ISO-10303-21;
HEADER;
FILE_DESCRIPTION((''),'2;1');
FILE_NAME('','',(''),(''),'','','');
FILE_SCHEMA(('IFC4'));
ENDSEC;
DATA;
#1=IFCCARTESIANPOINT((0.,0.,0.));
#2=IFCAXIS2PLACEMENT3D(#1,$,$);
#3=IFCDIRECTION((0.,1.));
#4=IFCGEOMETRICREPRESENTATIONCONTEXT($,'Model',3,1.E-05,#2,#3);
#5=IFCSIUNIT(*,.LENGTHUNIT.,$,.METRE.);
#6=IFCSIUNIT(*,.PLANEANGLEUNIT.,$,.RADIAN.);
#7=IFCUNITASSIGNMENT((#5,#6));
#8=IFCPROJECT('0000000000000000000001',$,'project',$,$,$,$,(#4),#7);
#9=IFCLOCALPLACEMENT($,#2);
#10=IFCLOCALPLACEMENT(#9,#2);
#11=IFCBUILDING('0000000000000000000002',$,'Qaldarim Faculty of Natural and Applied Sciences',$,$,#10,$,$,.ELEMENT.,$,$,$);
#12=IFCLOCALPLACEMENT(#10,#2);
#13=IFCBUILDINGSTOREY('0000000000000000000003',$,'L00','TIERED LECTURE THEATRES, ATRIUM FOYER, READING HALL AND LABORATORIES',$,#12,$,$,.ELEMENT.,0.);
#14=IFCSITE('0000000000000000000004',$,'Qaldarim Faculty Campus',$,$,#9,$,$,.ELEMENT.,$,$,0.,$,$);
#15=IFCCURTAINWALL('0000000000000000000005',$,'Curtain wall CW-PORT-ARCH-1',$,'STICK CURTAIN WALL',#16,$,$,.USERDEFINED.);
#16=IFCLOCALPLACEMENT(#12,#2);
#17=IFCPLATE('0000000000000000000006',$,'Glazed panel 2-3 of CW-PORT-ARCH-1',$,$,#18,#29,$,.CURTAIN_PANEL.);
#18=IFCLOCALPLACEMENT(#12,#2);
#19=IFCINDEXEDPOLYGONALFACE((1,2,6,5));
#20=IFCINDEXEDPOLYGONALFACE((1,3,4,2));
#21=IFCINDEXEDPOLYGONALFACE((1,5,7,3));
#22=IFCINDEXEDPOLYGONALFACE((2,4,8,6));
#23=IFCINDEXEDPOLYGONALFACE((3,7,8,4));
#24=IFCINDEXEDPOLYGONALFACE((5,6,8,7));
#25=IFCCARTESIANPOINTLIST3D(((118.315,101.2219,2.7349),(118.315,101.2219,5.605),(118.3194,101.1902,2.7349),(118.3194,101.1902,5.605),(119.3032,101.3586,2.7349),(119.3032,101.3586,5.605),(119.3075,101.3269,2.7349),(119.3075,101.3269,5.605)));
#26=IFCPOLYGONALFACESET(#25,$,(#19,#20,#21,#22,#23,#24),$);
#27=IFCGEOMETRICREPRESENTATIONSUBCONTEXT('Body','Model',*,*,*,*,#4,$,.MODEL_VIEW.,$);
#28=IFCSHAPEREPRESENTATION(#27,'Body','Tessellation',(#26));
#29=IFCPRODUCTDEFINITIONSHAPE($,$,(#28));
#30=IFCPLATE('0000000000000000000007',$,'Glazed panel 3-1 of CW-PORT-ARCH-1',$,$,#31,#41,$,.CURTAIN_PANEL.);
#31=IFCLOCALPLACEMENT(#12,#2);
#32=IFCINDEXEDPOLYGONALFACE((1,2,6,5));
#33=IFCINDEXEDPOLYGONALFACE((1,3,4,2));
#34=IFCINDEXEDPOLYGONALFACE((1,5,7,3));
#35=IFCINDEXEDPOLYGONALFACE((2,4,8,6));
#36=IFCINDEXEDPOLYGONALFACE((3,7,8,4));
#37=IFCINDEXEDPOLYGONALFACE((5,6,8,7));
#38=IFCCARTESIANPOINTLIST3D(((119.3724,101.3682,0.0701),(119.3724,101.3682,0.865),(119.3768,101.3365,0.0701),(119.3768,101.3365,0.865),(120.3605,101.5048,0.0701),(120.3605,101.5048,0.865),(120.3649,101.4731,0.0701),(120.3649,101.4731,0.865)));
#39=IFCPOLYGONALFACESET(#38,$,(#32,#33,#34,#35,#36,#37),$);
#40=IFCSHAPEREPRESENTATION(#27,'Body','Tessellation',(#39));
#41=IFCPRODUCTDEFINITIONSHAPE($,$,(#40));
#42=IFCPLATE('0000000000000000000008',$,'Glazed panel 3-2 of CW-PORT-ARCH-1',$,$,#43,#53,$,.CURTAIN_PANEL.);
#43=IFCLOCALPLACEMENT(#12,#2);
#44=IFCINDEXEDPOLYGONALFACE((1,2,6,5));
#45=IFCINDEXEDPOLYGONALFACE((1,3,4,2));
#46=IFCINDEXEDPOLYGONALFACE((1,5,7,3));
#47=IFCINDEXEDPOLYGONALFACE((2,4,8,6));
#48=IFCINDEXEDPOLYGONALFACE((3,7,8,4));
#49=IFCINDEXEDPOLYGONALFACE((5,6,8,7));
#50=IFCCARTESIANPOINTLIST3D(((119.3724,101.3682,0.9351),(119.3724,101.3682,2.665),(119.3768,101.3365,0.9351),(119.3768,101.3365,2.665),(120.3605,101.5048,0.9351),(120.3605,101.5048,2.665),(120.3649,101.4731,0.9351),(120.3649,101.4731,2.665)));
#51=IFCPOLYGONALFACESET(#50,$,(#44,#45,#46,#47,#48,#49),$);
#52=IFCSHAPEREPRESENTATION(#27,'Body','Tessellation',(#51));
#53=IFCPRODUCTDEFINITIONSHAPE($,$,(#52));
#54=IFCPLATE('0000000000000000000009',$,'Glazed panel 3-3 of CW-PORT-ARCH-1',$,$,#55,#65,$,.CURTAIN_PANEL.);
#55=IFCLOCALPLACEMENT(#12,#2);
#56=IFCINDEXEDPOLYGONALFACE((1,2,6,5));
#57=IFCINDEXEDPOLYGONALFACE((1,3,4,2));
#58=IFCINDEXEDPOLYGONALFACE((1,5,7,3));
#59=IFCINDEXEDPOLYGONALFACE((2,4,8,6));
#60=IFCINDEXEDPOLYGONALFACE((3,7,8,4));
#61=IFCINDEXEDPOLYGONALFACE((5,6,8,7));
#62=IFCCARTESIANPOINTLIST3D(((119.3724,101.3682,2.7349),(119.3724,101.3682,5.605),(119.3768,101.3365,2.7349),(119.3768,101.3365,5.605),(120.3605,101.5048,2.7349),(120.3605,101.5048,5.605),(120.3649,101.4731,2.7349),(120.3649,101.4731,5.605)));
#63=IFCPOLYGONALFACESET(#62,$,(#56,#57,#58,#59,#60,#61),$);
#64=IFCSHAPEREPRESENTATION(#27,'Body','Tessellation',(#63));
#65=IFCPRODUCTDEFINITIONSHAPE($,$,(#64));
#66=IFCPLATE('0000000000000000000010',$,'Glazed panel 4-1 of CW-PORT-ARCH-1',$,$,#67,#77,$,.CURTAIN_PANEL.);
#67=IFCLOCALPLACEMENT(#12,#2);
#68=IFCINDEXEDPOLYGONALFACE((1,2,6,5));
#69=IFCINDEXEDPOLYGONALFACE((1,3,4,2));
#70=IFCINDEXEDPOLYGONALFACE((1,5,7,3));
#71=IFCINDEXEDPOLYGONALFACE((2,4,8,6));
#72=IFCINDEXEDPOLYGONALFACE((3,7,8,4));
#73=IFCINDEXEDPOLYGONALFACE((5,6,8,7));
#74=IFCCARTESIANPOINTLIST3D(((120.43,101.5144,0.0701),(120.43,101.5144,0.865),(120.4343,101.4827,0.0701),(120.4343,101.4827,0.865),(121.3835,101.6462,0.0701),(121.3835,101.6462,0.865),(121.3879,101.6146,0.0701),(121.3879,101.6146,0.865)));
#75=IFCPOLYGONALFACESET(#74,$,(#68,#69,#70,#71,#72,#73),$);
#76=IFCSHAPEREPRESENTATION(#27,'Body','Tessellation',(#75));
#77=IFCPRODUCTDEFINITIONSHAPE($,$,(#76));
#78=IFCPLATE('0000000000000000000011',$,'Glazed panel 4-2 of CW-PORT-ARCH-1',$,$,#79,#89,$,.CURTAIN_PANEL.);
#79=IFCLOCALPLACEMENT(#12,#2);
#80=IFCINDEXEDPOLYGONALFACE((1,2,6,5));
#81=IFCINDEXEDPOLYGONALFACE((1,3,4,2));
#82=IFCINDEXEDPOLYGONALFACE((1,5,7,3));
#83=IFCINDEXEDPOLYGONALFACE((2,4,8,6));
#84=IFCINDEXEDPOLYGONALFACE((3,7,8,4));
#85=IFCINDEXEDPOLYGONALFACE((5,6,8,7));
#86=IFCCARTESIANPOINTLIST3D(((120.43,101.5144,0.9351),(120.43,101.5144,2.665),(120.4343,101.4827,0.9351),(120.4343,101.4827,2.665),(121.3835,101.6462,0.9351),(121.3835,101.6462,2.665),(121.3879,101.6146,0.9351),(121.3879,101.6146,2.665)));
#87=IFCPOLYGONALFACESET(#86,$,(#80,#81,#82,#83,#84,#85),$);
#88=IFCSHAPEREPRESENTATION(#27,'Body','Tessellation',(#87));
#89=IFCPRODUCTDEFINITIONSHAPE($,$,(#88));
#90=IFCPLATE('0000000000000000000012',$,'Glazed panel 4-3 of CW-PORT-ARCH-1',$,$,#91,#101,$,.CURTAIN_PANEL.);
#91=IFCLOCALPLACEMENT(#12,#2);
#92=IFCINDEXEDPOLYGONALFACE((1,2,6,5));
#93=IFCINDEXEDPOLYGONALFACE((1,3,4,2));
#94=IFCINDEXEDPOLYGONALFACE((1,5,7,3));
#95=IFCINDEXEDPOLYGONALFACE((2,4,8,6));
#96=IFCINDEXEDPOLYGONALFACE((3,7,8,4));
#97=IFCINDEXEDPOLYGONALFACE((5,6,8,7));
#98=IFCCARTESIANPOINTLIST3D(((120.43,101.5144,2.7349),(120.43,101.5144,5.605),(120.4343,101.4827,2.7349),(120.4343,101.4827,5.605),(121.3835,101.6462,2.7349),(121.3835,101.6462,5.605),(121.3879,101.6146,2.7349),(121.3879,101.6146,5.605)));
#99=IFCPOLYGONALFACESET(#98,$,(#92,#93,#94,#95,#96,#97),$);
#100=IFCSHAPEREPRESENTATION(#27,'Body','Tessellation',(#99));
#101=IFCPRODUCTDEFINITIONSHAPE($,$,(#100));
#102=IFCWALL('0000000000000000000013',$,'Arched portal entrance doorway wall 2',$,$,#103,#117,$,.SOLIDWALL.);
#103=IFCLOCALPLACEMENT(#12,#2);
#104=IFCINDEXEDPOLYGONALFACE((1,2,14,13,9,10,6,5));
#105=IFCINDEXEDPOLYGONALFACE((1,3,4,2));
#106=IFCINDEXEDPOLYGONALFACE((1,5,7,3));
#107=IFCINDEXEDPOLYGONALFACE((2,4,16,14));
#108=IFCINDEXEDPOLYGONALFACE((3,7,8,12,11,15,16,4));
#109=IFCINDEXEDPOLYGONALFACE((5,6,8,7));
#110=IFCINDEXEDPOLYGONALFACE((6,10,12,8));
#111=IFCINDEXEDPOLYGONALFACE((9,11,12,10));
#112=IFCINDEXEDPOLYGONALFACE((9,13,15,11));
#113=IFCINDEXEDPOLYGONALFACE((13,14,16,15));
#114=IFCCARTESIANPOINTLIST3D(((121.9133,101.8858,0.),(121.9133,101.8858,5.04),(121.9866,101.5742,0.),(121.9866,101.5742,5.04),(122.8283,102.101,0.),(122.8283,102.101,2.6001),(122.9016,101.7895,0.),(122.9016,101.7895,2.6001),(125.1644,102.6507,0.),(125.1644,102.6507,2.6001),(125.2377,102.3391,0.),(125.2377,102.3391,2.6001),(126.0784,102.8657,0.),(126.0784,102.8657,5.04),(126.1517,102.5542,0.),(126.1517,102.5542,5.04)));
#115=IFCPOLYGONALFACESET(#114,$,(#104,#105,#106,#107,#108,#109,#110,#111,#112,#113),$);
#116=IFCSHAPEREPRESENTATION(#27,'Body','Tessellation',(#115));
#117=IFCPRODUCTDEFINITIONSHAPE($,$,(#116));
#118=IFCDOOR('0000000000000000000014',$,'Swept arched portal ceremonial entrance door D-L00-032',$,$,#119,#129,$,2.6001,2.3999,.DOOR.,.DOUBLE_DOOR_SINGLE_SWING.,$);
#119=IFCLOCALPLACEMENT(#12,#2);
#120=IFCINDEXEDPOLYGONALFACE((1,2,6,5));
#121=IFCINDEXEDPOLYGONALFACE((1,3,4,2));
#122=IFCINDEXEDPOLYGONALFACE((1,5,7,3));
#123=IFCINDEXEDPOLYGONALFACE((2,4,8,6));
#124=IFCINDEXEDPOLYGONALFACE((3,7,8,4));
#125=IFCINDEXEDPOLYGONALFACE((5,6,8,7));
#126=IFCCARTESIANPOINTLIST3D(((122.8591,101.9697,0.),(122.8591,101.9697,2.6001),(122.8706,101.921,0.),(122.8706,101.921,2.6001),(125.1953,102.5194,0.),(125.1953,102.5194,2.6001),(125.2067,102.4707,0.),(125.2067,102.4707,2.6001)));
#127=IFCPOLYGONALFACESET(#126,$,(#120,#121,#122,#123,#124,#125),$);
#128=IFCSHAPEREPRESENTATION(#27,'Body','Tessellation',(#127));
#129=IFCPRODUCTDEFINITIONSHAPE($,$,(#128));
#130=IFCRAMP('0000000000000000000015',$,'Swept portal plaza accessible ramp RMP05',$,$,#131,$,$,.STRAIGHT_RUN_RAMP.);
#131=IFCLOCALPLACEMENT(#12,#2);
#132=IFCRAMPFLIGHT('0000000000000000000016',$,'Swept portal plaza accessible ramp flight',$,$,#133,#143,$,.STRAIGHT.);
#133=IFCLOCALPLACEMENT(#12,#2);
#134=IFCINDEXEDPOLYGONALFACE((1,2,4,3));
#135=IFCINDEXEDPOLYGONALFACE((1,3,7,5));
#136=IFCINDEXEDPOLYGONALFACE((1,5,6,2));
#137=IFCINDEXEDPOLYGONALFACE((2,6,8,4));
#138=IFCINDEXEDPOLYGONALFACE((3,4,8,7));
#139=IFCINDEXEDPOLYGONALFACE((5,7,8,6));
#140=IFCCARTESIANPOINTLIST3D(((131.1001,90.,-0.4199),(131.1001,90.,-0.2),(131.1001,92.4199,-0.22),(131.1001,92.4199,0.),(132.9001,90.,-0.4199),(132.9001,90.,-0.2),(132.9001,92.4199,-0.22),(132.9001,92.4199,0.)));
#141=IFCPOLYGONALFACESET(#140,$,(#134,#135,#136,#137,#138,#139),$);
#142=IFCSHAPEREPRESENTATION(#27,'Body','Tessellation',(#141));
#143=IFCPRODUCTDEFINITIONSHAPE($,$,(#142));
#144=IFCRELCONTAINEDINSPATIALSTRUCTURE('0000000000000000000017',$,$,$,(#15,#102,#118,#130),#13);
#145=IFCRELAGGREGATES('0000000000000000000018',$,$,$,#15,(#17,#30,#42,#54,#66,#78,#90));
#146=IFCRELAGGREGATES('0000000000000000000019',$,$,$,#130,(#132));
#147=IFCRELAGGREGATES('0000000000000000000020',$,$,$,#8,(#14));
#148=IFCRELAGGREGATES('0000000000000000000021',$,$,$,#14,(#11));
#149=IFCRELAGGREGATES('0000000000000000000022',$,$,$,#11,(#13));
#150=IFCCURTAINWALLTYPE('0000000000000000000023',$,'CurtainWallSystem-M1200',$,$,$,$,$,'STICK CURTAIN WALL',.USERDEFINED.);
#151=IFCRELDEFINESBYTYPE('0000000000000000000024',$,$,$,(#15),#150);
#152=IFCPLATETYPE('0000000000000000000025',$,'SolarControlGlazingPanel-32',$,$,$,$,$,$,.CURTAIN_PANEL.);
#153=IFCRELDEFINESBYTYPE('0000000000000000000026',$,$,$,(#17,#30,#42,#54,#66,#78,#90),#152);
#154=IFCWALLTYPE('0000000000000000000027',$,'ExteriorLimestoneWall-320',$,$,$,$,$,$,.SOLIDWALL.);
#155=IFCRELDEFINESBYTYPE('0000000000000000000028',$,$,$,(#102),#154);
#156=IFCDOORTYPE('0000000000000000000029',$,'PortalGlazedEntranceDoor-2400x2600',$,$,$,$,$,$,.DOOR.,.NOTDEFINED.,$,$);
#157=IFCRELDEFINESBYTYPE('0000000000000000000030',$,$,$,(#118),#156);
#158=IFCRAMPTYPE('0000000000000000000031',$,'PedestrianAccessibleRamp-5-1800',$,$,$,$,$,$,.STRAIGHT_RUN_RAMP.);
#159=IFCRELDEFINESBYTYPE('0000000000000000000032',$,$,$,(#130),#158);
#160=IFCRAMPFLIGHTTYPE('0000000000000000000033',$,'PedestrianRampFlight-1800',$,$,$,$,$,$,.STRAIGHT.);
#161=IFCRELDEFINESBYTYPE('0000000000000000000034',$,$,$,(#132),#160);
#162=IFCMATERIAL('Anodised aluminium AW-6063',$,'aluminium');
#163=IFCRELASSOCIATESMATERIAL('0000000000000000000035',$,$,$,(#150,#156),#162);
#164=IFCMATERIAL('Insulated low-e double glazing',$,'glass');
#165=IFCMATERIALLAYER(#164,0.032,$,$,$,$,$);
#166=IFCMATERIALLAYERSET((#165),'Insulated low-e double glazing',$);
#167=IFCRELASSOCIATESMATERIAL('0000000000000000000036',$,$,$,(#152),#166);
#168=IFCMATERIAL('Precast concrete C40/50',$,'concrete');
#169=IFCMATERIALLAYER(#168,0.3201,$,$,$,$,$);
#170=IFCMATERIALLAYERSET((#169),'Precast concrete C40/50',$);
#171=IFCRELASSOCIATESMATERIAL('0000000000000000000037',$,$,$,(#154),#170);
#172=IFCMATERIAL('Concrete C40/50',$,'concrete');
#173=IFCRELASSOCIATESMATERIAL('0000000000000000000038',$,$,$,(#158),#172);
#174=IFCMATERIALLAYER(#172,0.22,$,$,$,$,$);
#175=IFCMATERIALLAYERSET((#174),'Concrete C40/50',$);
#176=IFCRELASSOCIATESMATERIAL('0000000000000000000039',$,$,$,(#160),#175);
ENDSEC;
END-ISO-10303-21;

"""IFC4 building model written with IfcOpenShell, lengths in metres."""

from ifc_helpers import new_model, si_unit, direction, frame, frame_2d, origin, origin_2d, place, context, subcontext, project, spatial, polyline, rectangle, outline, extrude, material, layer, layer_set, type_object, element, fill, aggregate, save


model = new_model("IFC4")

# Units and contexts
model_context = context("Model", 3, precision=1e-05, world=origin(), true_north=direction((0.0, 1.0)))
body_context = subcontext(model_context, "Body", "Model", "MODEL_VIEW")
ifc_project = project(units=[si_unit("LENGTHUNIT", "METRE"), si_unit("PLANEANGLEUNIT", "RADIAN")], contexts=[model_context])

# Site, building, storey
site_placement = place(None, origin())
site = spatial("IfcSite", under=ifc_project, at=site_placement, Name="Qaldarim Faculty Campus", CompositionType="ELEMENT", RefElevation=0.0)
building_placement = place(site_placement, origin())
building = spatial("IfcBuilding", under=site, at=building_placement, Name="Qaldarim Faculty of Natural and Applied Sciences", CompositionType="ELEMENT")
storey_placement = place(building_placement, origin())
storey = spatial("IfcBuildingStorey", under=building, at=storey_placement, Name="L00", Description="TIERED LECTURE THEATRES, ATRIUM FOYER, READING HALL AND LABORATORIES", CompositionType="ELEMENT", Elevation=0.0)

# Shared definitions
ifc_material_1 = material(Name="Concrete C40/50", Category="concrete")

# Curtain wall
ifc_material_2 = material(Name="Anodised aluminium AW-6063", Category="aluminium")
curtain_wall_type = type_object("IfcCurtainWallType", Name="CurtainWallSystem-M1200", ElementType="STICK CURTAIN WALL", PredefinedType="USERDEFINED", material=ifc_material_2)
curtain_wall_placement = place(storey_placement, origin())
curtain_wall = element("IfcCurtainWall", 1, at=curtain_wall_placement, inside=storey, type_object=curtain_wall_type, Name="Curtain wall CW-PORT-ARCH-1", ObjectType="STICK CURTAIN WALL", PredefinedType="USERDEFINED")

# Plates
ifc_material_3 = material(Name="Insulated low-e double glazing", Category="glass")
ifc_layer_1 = layer(ifc_material_3, 0.032)
ifc_layer_set_1 = layer_set([ifc_layer_1], Name="Insulated low-e double glazing")
plate_type = type_object("IfcPlateType", Name="SolarControlGlazingPanel-32", PredefinedType="CURTAIN_PANEL", material=ifc_layer_set_1)
plate_1_placement = place(storey_placement, frame((118.8113, 101.2744, 2.7349), z_axis=(0.0, 0.0, 1.0), x_axis=(0.990572, 0.136995, 0.0)))
plate_1 = element("IfcPlate", 2, at=plate_1_placement, type_object=plate_type, Name="Glazed panel 2-3 of CW-PORT-ARCH-1", PredefinedType="CURTAIN_PANEL", context=body_context, shape_type="SweptSolid", body=[
    extrude(rectangle(XDim=0.9976, YDim=0.032, at=origin_2d()), origin(), (0.0, 0.0, 1.0), 2.8701),
])
plate_2_placement = place(storey_placement, frame((119.8687, 101.4207, 0.0701), z_axis=(0.0, 0.0, 1.0), x_axis=(0.990572, 0.136995, 0.0)))
plate_2 = element("IfcPlate", 3, at=plate_2_placement, type_object=plate_type, Name="Glazed panel 3-1 of CW-PORT-ARCH-1", PredefinedType="CURTAIN_PANEL", context=body_context, shape_type="SweptSolid", body=[
    extrude(rectangle(XDim=0.9976, YDim=0.032, at=origin_2d()), origin(), (0.0, 0.0, 1.0), 0.7949),
])
plate_3_placement = place(storey_placement, frame((119.8687, 101.4207, 0.9351), z_axis=(0.0, 0.0, 1.0), x_axis=(0.990572, 0.136995, 0.0)))
plate_3 = element("IfcPlate", 4, at=plate_3_placement, type_object=plate_type, Name="Glazed panel 3-2 of CW-PORT-ARCH-1", PredefinedType="CURTAIN_PANEL", context=body_context, shape_type="SweptSolid", body=[
    extrude(rectangle(XDim=0.9976, YDim=0.032, at=origin_2d()), origin(), (0.0, 0.0, 1.0), 1.73),
])
plate_4_placement = place(storey_placement, frame((119.8687, 101.4207, 2.7349), z_axis=(0.0, 0.0, 1.0), x_axis=(0.990572, 0.136995, 0.0)))
plate_4 = element("IfcPlate", 5, at=plate_4_placement, type_object=plate_type, Name="Glazed panel 3-3 of CW-PORT-ARCH-1", PredefinedType="CURTAIN_PANEL", context=body_context, shape_type="SweptSolid", body=[
    extrude(rectangle(XDim=0.9976, YDim=0.032, at=origin_2d()), origin(), (0.0, 0.0, 1.0), 2.8701),
])
plate_5_placement = place(storey_placement, frame((120.9089, 101.5645, 0.0701), z_axis=(0.0, 0.0, 1.0), x_axis=(0.990572, 0.136995, 0.0)))
plate_5 = element("IfcPlate", 6, at=plate_5_placement, type_object=plate_type, Name="Glazed panel 4-1 of CW-PORT-ARCH-1", PredefinedType="CURTAIN_PANEL", context=body_context, shape_type="SweptSolid", body=[
    extrude(rectangle(XDim=0.9626, YDim=0.032, at=origin_2d()), origin(), (0.0, 0.0, 1.0), 0.7949),
])
plate_6_placement = place(storey_placement, frame((120.9089, 101.5645, 0.9351), z_axis=(0.0, 0.0, 1.0), x_axis=(0.990572, 0.136995, 0.0)))
plate_6 = element("IfcPlate", 7, at=plate_6_placement, type_object=plate_type, Name="Glazed panel 4-2 of CW-PORT-ARCH-1", PredefinedType="CURTAIN_PANEL", context=body_context, shape_type="SweptSolid", body=[
    extrude(rectangle(XDim=0.9626, YDim=0.032, at=origin_2d()), origin(), (0.0, 0.0, 1.0), 1.73),
])
plate_7_placement = place(storey_placement, frame((120.9089, 101.5645, 2.7349), z_axis=(0.0, 0.0, 1.0), x_axis=(0.990572, 0.136995, 0.0)))
plate_7 = element("IfcPlate", 8, at=plate_7_placement, type_object=plate_type, Name="Glazed panel 4-3 of CW-PORT-ARCH-1", PredefinedType="CURTAIN_PANEL", context=body_context, shape_type="SweptSolid", body=[
    extrude(rectangle(XDim=0.9626, YDim=0.032, at=origin_2d()), origin(), (0.0, 0.0, 1.0), 2.8701),
])
aggregate(curtain_wall, [plate_1, plate_2, plate_3, plate_4, plate_5, plate_6, plate_7])

# Wall, opening, door
ifc_material_4 = material(Name="Precast concrete C40/50", Category="concrete")
ifc_layer_2 = layer(ifc_material_4, 0.3201)
ifc_layer_set_2 = layer_set([ifc_layer_2], Name="Precast concrete C40/50")
wall_type = type_object("IfcWallType", Name="ExteriorLimestoneWall-320", PredefinedType="SOLIDWALL", material=ifc_layer_set_2)
wall_placement = place(storey_placement, frame((121.95, 101.73, 0.0), z_axis=(0.0, 0.0, 1.0), x_axis=(0.973419, 0.229033, 0.0)))
wall = element("IfcWall", 9, at=wall_placement, inside=storey, type_object=wall_type, Name="Arched portal entrance doorway wall 2", PredefinedType="SOLIDWALL", context=body_context, shape_type="SweptSolid", body=[
    extrude(rectangle(XDim=4.2788, YDim=0.3201, at=frame_2d((2.1394, 0.0))), origin(), (0.0, 0.0, 1.0), 5.04),
])
opening_placement = place(wall_placement, frame((0.9399, 0.0, 0.0)))
opening = element("IfcOpeningElement", 10, at=opening_placement, cuts=wall, PredefinedType="OPENING", context=body_context, shape_type="SweptSolid", body=[
    extrude(rectangle(XDim=2.3999, YDim=2.6001, at=frame_2d((1.2, 1.3))), frame((0.0, 0.1699, 0.0), z_axis=(0.0, -1.0, 0.0), x_axis=(1.0, 0.0, 0.0)), (0.0, 0.0, 1.0), 0.3401),
])
door_type = type_object("IfcDoorType", Name="PortalGlazedEntranceDoor-2400x2600", OperationType="NOTDEFINED", PredefinedType="DOOR", material=ifc_material_2)
door_placement = place(opening_placement, frame((2.3999, 0.0, 0.0), z_axis=(0.0, 0.0, 1.0), x_axis=(-1.0, 0.0, 0.0)))
door = element("IfcDoor", 11, at=door_placement, inside=storey, type_object=door_type, Name="Swept arched portal ceremonial entrance door D-L00-032", OperationType="DOUBLE_DOOR_SINGLE_SWING", OverallHeight=2.6001, OverallWidth=2.3999, PredefinedType="DOOR", context=body_context, shape_type="SweptSolid", body=[
    extrude(rectangle(XDim=2.3999, YDim=2.6001, at=frame_2d((1.2, 1.3))), frame((0.0, 0.0249, 0.0), z_axis=(0.0, -1.0, 0.0), x_axis=(1.0, 0.0, 0.0)), (0.0, 0.0, 1.0), 0.05),
])
fill(opening, door)

# Ramp, ramp flight
ramp_type = type_object("IfcRampType", Name="PedestrianAccessibleRamp-5-1800", PredefinedType="STRAIGHT_RUN_RAMP", material=ifc_material_1)
ramp_placement = place(storey_placement, origin())
ramp = element("IfcRamp", 12, at=ramp_placement, inside=storey, type_object=ramp_type, Name="Swept portal plaza accessible ramp RMP05", PredefinedType="STRAIGHT_RUN_RAMP")
ifc_layer_3 = layer(ifc_material_1, 0.22)
ifc_layer_set_3 = layer_set([ifc_layer_3], Name="Concrete C40/50")
ramp_flight_type = type_object("IfcRampFlightType", Name="PedestrianRampFlight-1800", PredefinedType="STRAIGHT", material=ifc_layer_set_3)
ramp_flight_placement = place(storey_placement, frame((132.0, 90.0, -0.2), z_axis=(0.0, 0.0, 1.0), x_axis=(0.0, 1.0, 0.0)))
ramp_flight = element("IfcRampFlight", 13, at=ramp_flight_placement, type_object=ramp_flight_type, Name="Swept portal plaza accessible ramp flight", PredefinedType="STRAIGHT", context=body_context, shape_type="SweptSolid", body=[
    extrude(outline(polyline([(0.0, 0.0), (2.4199, 0.2), (2.4199, -0.02), (0.0, -0.22), (0.0, 0.0)])), frame((0.0, 0.8999, 0.0), z_axis=(0.0, -1.0, 0.0), x_axis=(1.0, 0.0, 0.0)), (0.0, 0.0, 1.0), 1.8),
])
aggregate(ramp, [ramp_flight])

save(model, "model.ifc")
